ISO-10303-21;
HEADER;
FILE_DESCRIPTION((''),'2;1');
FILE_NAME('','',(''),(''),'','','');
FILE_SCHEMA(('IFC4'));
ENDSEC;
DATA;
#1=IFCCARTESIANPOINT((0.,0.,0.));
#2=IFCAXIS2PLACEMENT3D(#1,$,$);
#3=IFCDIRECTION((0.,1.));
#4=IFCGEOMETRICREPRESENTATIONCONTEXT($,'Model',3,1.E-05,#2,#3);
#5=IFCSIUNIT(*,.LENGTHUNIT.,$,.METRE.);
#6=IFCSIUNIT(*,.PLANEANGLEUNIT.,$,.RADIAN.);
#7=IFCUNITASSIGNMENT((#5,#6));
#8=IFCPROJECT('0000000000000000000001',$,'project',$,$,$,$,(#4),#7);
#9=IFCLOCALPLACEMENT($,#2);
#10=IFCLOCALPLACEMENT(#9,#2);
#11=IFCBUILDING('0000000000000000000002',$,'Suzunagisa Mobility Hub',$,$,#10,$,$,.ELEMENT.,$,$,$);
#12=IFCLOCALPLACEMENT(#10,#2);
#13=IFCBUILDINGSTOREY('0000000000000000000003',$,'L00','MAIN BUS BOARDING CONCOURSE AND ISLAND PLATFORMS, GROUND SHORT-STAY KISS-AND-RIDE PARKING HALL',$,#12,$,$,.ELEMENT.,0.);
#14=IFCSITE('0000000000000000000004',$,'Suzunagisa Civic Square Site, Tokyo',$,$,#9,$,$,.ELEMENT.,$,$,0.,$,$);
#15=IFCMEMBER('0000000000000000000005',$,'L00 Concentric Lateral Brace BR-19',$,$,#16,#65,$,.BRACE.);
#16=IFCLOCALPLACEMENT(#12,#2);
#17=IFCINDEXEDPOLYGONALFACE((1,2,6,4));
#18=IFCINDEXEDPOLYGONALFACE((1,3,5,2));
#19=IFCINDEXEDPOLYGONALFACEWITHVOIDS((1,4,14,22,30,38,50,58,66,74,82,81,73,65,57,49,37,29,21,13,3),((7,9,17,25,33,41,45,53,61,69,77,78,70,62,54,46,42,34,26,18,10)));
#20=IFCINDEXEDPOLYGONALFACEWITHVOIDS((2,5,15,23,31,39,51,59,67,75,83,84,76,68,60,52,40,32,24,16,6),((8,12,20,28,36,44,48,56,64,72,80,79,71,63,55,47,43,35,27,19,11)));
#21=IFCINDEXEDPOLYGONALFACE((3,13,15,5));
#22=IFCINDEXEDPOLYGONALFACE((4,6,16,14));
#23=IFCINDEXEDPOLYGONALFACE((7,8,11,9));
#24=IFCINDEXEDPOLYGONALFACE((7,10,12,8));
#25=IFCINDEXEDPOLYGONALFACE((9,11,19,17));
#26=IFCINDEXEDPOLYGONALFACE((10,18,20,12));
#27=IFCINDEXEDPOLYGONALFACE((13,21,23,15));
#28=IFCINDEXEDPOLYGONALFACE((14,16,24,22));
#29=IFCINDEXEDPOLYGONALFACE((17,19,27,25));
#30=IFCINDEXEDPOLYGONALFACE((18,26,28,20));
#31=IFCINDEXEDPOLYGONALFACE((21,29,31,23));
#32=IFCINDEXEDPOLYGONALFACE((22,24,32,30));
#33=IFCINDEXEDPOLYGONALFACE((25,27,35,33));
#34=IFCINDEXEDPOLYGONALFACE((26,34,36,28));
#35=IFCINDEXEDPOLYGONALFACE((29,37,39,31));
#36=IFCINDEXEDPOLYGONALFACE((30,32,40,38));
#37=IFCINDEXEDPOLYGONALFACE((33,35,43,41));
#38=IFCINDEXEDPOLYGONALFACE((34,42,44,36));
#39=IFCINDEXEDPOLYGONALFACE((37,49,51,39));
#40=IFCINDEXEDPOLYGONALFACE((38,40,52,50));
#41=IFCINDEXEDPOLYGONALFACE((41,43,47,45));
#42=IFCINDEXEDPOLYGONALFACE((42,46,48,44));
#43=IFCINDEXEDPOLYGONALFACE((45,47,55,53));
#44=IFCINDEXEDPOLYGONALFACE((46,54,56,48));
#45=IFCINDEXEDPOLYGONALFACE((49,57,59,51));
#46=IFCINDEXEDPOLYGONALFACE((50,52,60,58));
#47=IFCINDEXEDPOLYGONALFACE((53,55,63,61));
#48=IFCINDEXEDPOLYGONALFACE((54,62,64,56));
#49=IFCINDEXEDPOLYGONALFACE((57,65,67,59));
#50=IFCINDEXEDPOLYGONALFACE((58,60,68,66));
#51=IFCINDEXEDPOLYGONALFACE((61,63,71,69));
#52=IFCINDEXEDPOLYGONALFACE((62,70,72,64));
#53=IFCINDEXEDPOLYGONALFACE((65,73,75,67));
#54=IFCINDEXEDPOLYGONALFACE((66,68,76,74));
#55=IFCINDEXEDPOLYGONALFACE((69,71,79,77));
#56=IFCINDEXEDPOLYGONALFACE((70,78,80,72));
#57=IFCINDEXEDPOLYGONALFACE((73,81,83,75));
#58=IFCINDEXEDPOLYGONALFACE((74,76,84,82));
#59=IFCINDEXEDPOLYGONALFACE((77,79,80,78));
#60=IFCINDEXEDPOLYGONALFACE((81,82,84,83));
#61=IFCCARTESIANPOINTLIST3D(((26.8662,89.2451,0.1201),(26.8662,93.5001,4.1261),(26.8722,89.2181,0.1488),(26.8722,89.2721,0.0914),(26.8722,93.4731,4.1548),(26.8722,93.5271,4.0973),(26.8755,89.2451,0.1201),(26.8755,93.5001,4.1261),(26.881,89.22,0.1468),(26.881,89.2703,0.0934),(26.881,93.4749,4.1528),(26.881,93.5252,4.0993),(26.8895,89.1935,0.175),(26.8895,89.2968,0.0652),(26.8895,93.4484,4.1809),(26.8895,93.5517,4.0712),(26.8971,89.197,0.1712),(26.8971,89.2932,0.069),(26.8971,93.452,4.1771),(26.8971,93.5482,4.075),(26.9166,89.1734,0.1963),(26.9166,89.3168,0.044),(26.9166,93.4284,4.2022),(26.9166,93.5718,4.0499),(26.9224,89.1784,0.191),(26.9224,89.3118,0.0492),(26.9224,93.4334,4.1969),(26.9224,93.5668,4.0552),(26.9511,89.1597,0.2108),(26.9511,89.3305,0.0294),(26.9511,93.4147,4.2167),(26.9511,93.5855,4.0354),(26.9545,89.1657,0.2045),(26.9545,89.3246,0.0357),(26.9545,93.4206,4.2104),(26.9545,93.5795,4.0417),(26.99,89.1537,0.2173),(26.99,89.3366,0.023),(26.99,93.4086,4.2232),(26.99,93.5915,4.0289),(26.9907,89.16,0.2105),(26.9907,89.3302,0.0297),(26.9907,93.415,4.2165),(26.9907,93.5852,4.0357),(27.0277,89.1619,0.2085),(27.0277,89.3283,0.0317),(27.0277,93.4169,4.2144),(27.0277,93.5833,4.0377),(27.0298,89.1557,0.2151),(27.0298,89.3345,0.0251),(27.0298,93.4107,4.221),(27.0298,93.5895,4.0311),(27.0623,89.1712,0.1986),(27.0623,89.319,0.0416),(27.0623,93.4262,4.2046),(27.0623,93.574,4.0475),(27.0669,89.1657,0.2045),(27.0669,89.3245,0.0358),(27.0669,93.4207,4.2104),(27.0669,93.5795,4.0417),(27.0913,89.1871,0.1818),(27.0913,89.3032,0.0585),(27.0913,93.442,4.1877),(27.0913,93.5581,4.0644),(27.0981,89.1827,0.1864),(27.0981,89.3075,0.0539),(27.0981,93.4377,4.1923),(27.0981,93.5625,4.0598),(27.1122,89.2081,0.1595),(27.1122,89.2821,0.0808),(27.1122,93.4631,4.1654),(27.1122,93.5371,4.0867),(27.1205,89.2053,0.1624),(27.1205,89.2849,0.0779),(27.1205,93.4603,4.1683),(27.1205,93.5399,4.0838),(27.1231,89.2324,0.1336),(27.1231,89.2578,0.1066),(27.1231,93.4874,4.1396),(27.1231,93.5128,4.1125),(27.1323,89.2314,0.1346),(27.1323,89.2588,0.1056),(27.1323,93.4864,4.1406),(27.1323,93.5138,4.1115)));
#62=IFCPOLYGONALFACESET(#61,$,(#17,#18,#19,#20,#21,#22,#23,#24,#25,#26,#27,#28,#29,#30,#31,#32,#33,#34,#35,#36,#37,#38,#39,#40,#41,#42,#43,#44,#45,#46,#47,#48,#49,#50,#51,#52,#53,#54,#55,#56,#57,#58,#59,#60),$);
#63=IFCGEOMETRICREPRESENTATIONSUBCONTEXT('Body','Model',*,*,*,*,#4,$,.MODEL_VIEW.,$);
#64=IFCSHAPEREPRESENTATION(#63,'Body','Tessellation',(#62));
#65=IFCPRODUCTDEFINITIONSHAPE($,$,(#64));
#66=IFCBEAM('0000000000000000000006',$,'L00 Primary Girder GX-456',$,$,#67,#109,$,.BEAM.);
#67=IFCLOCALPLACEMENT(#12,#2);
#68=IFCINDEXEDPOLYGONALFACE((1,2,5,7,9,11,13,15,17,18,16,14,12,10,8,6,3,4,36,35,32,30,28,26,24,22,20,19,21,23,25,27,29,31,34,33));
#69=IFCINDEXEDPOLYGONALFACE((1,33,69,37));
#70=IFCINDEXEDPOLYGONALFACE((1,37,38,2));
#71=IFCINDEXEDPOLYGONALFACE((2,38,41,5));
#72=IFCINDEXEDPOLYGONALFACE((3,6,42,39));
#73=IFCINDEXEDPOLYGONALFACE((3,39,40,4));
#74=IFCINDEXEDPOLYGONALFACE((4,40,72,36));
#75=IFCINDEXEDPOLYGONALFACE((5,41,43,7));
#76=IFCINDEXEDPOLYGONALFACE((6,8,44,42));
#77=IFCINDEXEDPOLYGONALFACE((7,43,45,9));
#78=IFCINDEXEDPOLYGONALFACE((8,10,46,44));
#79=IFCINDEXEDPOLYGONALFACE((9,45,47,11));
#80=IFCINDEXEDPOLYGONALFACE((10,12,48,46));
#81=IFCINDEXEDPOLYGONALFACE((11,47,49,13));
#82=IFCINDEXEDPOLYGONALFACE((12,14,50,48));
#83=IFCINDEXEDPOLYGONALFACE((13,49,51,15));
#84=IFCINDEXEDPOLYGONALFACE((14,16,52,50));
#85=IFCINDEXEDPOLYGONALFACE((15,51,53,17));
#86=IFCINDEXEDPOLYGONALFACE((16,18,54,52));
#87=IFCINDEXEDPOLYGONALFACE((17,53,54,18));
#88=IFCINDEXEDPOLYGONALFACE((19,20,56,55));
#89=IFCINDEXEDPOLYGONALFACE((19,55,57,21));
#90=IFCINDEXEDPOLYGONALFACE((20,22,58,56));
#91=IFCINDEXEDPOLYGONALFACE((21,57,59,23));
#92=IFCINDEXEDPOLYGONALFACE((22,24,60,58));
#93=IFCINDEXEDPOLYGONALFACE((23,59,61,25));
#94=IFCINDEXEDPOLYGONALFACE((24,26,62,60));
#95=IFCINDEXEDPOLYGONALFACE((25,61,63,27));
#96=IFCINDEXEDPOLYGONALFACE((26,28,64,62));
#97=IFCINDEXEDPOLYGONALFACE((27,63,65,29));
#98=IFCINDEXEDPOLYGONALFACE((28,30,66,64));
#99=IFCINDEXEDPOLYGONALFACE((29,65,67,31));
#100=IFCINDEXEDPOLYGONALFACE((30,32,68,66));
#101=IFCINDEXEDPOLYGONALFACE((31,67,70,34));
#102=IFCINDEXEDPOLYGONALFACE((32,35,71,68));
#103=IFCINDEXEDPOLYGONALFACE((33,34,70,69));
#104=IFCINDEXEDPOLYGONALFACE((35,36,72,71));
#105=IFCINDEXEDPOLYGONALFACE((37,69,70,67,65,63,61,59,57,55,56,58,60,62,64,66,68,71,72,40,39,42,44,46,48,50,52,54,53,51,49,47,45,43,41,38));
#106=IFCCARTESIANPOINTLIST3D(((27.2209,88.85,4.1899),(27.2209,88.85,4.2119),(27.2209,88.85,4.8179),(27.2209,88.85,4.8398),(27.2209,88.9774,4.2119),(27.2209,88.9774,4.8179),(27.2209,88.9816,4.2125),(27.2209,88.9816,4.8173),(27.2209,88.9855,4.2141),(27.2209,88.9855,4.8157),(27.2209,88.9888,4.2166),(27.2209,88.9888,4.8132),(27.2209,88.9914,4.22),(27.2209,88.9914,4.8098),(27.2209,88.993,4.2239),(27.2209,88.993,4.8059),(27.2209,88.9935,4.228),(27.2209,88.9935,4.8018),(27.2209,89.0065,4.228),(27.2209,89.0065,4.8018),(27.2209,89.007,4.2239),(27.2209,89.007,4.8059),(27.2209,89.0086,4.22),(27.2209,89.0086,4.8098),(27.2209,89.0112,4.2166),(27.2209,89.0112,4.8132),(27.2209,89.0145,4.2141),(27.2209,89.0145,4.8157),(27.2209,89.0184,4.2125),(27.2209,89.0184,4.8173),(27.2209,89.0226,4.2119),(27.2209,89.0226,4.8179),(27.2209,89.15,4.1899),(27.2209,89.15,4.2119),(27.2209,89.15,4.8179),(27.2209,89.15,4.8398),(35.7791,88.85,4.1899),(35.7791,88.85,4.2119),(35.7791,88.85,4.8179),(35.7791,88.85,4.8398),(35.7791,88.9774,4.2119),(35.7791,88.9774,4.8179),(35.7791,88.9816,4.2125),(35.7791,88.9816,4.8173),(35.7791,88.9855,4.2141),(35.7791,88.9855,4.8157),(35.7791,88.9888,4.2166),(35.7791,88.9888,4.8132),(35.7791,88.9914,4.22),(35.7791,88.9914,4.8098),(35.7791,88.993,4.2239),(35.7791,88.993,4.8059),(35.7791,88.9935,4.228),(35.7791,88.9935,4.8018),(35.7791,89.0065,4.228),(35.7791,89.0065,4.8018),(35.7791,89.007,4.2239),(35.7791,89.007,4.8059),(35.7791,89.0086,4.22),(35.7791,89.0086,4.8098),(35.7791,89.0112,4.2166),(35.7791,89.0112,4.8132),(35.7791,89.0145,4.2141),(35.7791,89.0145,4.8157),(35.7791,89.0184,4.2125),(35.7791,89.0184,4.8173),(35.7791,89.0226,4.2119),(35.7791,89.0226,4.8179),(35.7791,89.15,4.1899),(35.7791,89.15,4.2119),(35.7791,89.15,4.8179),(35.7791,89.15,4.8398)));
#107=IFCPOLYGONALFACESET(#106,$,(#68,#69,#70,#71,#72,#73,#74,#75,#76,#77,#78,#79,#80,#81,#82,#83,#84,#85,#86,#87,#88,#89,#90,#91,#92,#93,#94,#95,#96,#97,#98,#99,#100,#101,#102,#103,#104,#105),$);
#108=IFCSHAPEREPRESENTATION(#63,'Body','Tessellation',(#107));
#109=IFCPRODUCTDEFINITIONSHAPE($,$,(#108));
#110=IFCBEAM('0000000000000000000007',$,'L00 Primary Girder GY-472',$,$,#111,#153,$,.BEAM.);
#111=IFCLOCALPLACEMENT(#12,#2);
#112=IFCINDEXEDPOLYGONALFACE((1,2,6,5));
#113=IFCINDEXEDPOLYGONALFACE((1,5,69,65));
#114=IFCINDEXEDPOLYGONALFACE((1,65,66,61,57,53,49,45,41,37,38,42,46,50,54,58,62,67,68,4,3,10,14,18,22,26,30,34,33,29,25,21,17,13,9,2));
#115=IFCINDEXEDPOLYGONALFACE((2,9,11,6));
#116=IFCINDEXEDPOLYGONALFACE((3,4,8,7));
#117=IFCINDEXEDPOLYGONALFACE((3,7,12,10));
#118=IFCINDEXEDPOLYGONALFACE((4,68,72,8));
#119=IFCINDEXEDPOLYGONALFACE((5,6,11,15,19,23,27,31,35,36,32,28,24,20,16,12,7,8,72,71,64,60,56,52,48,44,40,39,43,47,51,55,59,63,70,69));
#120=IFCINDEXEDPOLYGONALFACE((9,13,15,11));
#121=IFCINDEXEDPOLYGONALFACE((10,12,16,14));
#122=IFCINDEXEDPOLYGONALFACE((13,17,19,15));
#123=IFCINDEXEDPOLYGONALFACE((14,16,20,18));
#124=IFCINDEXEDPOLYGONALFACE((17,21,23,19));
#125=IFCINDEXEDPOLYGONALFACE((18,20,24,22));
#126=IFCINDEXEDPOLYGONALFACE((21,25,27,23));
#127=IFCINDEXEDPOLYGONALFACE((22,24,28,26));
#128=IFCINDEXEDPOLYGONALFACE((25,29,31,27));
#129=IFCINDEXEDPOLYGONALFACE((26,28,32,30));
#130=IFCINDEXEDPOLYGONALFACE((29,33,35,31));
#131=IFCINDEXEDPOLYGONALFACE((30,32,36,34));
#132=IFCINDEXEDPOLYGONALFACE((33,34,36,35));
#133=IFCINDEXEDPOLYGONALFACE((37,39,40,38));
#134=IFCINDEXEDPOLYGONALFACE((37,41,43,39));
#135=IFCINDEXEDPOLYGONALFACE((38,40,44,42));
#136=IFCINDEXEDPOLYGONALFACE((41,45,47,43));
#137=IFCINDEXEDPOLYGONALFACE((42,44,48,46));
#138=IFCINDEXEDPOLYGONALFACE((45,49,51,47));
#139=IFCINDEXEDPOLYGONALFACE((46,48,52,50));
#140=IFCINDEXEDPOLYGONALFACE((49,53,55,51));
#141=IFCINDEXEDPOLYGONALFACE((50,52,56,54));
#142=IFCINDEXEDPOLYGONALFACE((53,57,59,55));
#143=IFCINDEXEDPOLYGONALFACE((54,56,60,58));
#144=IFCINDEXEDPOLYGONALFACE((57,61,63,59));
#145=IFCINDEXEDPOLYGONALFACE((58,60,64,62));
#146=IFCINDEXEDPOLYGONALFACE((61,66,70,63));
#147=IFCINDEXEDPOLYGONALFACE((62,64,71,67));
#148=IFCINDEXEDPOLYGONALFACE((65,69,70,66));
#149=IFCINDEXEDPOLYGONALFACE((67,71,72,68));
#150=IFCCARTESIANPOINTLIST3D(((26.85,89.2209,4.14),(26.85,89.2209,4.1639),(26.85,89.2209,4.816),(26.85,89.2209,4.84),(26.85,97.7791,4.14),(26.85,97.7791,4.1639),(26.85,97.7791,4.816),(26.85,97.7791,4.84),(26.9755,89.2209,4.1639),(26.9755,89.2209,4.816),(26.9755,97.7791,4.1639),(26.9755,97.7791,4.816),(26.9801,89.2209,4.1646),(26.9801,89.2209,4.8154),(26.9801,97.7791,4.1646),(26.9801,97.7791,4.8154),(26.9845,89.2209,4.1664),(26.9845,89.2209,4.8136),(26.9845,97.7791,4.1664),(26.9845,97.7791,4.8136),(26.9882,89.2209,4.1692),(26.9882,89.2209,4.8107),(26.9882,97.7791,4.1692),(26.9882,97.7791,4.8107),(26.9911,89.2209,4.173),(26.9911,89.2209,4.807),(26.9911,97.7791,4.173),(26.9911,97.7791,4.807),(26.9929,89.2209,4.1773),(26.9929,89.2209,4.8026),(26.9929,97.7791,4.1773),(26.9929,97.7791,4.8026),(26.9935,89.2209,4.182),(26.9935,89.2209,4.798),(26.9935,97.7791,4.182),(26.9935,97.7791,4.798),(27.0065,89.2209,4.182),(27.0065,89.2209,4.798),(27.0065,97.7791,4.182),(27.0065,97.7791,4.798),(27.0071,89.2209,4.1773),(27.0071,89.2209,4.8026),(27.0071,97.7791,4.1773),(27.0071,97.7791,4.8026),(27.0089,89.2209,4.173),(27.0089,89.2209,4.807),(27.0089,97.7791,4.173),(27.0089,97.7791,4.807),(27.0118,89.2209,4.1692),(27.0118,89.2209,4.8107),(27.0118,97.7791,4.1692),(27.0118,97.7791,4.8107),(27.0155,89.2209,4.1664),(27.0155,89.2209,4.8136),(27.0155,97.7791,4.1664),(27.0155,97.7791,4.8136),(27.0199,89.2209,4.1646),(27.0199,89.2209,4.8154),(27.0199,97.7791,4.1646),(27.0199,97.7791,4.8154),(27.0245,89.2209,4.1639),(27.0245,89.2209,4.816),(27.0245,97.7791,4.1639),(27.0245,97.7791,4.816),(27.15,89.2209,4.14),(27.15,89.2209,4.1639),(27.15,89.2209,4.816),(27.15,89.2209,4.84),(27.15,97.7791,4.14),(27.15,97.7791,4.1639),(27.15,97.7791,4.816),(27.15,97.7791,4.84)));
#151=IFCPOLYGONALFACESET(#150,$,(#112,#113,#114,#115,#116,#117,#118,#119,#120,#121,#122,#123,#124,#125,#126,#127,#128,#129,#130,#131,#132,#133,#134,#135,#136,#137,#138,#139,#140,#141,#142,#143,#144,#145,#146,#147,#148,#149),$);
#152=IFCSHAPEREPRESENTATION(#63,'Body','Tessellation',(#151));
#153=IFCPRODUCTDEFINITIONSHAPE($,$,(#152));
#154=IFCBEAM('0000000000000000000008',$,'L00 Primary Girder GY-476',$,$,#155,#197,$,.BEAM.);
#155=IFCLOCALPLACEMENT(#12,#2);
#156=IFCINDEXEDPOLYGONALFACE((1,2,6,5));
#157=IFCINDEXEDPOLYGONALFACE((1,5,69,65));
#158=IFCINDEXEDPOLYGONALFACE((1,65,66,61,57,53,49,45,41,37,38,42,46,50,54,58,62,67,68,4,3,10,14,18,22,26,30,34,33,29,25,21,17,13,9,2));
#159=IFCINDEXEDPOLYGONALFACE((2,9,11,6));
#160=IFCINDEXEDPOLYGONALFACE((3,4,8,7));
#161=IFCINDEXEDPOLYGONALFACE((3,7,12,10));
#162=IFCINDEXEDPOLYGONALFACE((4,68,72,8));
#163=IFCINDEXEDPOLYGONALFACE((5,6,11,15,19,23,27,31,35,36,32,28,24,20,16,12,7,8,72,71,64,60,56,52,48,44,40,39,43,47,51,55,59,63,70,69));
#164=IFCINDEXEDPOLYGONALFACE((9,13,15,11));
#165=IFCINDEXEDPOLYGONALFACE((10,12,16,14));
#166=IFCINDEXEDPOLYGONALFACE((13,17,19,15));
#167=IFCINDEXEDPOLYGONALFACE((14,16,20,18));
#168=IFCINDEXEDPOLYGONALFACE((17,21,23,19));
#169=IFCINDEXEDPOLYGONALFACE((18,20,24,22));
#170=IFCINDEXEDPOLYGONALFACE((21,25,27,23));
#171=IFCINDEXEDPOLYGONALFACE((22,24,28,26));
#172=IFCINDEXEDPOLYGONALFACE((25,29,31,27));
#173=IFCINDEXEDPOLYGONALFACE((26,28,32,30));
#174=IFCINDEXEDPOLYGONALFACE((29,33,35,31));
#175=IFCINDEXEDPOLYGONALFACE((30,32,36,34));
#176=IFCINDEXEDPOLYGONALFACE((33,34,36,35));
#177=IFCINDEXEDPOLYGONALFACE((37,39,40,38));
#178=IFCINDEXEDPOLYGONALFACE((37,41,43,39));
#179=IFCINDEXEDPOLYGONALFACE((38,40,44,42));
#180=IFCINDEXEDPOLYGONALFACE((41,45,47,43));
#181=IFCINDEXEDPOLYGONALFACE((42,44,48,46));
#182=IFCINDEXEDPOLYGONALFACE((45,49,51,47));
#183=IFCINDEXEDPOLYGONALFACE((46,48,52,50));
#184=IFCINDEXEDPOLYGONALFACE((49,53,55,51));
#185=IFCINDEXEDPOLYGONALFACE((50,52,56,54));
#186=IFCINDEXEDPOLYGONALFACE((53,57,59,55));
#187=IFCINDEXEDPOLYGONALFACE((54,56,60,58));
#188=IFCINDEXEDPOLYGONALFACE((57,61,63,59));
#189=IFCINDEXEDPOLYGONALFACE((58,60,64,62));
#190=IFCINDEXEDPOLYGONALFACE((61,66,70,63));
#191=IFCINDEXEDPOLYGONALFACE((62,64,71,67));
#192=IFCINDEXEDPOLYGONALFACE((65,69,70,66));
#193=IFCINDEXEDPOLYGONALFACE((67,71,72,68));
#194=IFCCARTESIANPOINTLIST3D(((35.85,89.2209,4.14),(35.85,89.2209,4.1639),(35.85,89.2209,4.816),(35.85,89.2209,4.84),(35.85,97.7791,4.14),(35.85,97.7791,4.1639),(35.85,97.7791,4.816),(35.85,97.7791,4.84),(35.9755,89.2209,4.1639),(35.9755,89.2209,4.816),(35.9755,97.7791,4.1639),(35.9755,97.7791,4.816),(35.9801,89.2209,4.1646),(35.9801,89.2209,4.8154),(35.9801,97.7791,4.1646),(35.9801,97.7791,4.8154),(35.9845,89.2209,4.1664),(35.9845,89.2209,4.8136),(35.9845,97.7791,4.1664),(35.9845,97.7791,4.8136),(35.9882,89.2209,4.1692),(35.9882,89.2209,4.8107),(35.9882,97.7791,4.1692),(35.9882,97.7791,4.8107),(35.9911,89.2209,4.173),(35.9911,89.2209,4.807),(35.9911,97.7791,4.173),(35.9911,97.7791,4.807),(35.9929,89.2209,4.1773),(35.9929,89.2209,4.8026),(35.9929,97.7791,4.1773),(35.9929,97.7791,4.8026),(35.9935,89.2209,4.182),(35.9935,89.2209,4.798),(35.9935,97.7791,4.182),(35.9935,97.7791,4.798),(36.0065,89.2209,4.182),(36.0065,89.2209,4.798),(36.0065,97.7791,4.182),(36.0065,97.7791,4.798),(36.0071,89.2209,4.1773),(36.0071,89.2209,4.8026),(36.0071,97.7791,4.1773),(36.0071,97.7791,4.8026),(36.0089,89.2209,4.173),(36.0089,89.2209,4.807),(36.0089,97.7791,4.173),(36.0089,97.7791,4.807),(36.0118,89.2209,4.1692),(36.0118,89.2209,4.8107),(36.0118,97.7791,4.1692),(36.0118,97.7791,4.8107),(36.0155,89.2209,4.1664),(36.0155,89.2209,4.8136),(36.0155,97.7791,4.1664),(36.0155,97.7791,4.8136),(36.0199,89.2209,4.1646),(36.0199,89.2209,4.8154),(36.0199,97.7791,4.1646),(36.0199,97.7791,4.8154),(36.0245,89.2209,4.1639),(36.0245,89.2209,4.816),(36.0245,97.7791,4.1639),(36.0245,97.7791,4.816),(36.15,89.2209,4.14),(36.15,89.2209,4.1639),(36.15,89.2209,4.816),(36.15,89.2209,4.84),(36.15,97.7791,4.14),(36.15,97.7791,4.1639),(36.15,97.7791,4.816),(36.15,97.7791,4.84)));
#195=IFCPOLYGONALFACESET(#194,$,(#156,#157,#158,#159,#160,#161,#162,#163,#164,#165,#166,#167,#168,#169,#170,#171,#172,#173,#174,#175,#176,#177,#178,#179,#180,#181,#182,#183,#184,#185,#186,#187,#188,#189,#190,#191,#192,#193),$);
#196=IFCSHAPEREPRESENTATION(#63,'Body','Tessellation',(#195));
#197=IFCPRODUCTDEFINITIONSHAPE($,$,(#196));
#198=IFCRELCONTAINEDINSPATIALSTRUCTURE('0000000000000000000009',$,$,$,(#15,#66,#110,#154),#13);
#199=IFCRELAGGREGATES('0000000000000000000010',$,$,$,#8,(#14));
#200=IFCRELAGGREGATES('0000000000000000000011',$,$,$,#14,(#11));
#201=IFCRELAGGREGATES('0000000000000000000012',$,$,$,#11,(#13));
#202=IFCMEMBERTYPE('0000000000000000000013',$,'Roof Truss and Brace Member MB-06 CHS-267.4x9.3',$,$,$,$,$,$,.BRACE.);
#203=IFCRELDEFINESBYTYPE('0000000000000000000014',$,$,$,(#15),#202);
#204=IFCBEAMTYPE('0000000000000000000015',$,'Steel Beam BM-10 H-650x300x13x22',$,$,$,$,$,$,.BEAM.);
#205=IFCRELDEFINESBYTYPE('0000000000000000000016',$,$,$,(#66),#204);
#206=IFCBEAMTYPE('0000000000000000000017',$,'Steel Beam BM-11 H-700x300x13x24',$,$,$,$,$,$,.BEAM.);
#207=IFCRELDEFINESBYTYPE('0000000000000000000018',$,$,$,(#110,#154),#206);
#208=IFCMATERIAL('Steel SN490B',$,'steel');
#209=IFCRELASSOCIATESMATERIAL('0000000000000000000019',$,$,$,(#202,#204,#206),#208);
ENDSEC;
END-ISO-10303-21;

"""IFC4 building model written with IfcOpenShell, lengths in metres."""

from ifc_helpers import new_model, si_unit, direction, frame, origin, origin_2d, place, context, subcontext, project, spatial, hollow_circle, i_section, extrude, material, material_profile, profile_set, type_object, element, save


model = new_model("IFC4")

# Units and contexts
model_context = context("Model", 3, precision=1e-05, world=origin(), true_north=direction((0.0, 1.0)))
body_context = subcontext(model_context, "Body", "Model", "MODEL_VIEW")
ifc_project = project(units=[si_unit("LENGTHUNIT", "METRE"), si_unit("PLANEANGLEUNIT", "RADIAN")], contexts=[model_context])

# Site, building, storey
site_placement = place(None, origin())
site = spatial("IfcSite", under=ifc_project, at=site_placement, Name="Suzunagisa Civic Square Site, Tokyo", CompositionType="ELEMENT", RefElevation=0.0)
building_placement = place(site_placement, origin())
building = spatial("IfcBuilding", under=site, at=building_placement, Name="Suzunagisa Mobility Hub", CompositionType="ELEMENT")
storey_placement = place(building_placement, origin())
storey = spatial("IfcBuildingStorey", under=building, at=storey_placement, Name="L00", Description="MAIN BUS BOARDING CONCOURSE AND ISLAND PLATFORMS, GROUND SHORT-STAY KISS-AND-RIDE PARKING HALL", CompositionType="ELEMENT", Elevation=0.0)

# Shared definitions
ifc_material_1 = material(Name="Steel SN490B", Category="steel")

# Member
ifc_material_profile_1 = material_profile(ifc_material_1, hollow_circle(Radius=0.1338, WallThickness=0.0093, at=origin_2d()), Name="CHS-267.4x9.3")
ifc_profile_set_1 = profile_set([ifc_material_profile_1], Name="Steel SN490B")
member_type = type_object("IfcMemberType", Name="Roof Truss and Brace Member MB-06 CHS-267.4x9.3", PredefinedType="BRACE", material=ifc_profile_set_1)
member_placement = place(storey_placement, frame((27.0, 89.2451, 0.1201), z_axis=(0.0, 0.728092, 0.685479), x_axis=(-1.0, 0.0, 0.0)))
element("IfcMember", 1, at=member_placement, inside=storey, type_object=member_type, Name="L00 Concentric Lateral Brace BR-19", PredefinedType="BRACE", context=body_context, shape_type="SweptSolid", body=[
    extrude(hollow_circle(Radius=0.1338, WallThickness=0.0093, at=origin_2d()), origin(), (0.0, 0.0, 1.0), 5.844),
])

# Beams
ifc_material_profile_2 = material_profile(ifc_material_1, i_section(OverallWidth=0.3, OverallDepth=0.6499, WebThickness=0.0129, FlangeThickness=0.022, FilletRadius=0.0161, at=origin_2d()), Name="H-650x300x13x22")
ifc_profile_set_2 = profile_set([ifc_material_profile_2], Name="Steel SN490B")
beam_type_1 = type_object("IfcBeamType", Name="Steel Beam BM-10 H-650x300x13x22", PredefinedType="BEAM", material=ifc_profile_set_2)
beam_1_placement = place(storey_placement, frame((27.2209, 89.0, 4.5149), z_axis=(1.0, 0.0, 0.0), x_axis=(0.0, 1.0, 0.0)))
element("IfcBeam", 2, at=beam_1_placement, inside=storey, type_object=beam_type_1, Name="L00 Primary Girder GX-456", PredefinedType="BEAM", context=body_context, shape_type="SweptSolid", body=[
    extrude(i_section(OverallWidth=0.3, OverallDepth=0.6499, WebThickness=0.0129, FlangeThickness=0.022, FilletRadius=0.0161, at=origin_2d()), origin(), (0.0, 0.0, 1.0), 8.5581),
])
ifc_material_profile_3 = material_profile(ifc_material_1, i_section(OverallWidth=0.3, OverallDepth=0.7, WebThickness=0.0129, FlangeThickness=0.0239, FilletRadius=0.0181, at=origin_2d()), Name="H-700x300x13x24")
ifc_profile_set_3 = profile_set([ifc_material_profile_3], Name="Steel SN490B")
beam_type_2 = type_object("IfcBeamType", Name="Steel Beam BM-11 H-700x300x13x24", PredefinedType="BEAM", material=ifc_profile_set_3)
for number, where, z_axis, x_axis, name in (
    (3, (27.0, 89.2209, 4.49), (0.0, 1.0, 0.0), (-1.0, 0.0, 0.0), "L00 Primary Girder GY-472"),
    (4, (36.0, 89.2209, 4.49), (0.0, 1.0, 0.0), (-1.0, 0.0, 0.0), "L00 Primary Girder GY-476"),
):
    element("IfcBeam", number, at=place(storey_placement, frame(where, z_axis=z_axis, x_axis=x_axis)), inside=storey, type_object=beam_type_2, Name=name, PredefinedType="BEAM", context=body_context, shape_type="SweptSolid", body=[
        extrude(i_section(OverallWidth=0.3, OverallDepth=0.7, WebThickness=0.0129, FlangeThickness=0.0239, FilletRadius=0.0181, at=origin_2d()), origin(), (0.0, 0.0, 1.0), 8.5581),
    ])

save(model, "model.ifc")
